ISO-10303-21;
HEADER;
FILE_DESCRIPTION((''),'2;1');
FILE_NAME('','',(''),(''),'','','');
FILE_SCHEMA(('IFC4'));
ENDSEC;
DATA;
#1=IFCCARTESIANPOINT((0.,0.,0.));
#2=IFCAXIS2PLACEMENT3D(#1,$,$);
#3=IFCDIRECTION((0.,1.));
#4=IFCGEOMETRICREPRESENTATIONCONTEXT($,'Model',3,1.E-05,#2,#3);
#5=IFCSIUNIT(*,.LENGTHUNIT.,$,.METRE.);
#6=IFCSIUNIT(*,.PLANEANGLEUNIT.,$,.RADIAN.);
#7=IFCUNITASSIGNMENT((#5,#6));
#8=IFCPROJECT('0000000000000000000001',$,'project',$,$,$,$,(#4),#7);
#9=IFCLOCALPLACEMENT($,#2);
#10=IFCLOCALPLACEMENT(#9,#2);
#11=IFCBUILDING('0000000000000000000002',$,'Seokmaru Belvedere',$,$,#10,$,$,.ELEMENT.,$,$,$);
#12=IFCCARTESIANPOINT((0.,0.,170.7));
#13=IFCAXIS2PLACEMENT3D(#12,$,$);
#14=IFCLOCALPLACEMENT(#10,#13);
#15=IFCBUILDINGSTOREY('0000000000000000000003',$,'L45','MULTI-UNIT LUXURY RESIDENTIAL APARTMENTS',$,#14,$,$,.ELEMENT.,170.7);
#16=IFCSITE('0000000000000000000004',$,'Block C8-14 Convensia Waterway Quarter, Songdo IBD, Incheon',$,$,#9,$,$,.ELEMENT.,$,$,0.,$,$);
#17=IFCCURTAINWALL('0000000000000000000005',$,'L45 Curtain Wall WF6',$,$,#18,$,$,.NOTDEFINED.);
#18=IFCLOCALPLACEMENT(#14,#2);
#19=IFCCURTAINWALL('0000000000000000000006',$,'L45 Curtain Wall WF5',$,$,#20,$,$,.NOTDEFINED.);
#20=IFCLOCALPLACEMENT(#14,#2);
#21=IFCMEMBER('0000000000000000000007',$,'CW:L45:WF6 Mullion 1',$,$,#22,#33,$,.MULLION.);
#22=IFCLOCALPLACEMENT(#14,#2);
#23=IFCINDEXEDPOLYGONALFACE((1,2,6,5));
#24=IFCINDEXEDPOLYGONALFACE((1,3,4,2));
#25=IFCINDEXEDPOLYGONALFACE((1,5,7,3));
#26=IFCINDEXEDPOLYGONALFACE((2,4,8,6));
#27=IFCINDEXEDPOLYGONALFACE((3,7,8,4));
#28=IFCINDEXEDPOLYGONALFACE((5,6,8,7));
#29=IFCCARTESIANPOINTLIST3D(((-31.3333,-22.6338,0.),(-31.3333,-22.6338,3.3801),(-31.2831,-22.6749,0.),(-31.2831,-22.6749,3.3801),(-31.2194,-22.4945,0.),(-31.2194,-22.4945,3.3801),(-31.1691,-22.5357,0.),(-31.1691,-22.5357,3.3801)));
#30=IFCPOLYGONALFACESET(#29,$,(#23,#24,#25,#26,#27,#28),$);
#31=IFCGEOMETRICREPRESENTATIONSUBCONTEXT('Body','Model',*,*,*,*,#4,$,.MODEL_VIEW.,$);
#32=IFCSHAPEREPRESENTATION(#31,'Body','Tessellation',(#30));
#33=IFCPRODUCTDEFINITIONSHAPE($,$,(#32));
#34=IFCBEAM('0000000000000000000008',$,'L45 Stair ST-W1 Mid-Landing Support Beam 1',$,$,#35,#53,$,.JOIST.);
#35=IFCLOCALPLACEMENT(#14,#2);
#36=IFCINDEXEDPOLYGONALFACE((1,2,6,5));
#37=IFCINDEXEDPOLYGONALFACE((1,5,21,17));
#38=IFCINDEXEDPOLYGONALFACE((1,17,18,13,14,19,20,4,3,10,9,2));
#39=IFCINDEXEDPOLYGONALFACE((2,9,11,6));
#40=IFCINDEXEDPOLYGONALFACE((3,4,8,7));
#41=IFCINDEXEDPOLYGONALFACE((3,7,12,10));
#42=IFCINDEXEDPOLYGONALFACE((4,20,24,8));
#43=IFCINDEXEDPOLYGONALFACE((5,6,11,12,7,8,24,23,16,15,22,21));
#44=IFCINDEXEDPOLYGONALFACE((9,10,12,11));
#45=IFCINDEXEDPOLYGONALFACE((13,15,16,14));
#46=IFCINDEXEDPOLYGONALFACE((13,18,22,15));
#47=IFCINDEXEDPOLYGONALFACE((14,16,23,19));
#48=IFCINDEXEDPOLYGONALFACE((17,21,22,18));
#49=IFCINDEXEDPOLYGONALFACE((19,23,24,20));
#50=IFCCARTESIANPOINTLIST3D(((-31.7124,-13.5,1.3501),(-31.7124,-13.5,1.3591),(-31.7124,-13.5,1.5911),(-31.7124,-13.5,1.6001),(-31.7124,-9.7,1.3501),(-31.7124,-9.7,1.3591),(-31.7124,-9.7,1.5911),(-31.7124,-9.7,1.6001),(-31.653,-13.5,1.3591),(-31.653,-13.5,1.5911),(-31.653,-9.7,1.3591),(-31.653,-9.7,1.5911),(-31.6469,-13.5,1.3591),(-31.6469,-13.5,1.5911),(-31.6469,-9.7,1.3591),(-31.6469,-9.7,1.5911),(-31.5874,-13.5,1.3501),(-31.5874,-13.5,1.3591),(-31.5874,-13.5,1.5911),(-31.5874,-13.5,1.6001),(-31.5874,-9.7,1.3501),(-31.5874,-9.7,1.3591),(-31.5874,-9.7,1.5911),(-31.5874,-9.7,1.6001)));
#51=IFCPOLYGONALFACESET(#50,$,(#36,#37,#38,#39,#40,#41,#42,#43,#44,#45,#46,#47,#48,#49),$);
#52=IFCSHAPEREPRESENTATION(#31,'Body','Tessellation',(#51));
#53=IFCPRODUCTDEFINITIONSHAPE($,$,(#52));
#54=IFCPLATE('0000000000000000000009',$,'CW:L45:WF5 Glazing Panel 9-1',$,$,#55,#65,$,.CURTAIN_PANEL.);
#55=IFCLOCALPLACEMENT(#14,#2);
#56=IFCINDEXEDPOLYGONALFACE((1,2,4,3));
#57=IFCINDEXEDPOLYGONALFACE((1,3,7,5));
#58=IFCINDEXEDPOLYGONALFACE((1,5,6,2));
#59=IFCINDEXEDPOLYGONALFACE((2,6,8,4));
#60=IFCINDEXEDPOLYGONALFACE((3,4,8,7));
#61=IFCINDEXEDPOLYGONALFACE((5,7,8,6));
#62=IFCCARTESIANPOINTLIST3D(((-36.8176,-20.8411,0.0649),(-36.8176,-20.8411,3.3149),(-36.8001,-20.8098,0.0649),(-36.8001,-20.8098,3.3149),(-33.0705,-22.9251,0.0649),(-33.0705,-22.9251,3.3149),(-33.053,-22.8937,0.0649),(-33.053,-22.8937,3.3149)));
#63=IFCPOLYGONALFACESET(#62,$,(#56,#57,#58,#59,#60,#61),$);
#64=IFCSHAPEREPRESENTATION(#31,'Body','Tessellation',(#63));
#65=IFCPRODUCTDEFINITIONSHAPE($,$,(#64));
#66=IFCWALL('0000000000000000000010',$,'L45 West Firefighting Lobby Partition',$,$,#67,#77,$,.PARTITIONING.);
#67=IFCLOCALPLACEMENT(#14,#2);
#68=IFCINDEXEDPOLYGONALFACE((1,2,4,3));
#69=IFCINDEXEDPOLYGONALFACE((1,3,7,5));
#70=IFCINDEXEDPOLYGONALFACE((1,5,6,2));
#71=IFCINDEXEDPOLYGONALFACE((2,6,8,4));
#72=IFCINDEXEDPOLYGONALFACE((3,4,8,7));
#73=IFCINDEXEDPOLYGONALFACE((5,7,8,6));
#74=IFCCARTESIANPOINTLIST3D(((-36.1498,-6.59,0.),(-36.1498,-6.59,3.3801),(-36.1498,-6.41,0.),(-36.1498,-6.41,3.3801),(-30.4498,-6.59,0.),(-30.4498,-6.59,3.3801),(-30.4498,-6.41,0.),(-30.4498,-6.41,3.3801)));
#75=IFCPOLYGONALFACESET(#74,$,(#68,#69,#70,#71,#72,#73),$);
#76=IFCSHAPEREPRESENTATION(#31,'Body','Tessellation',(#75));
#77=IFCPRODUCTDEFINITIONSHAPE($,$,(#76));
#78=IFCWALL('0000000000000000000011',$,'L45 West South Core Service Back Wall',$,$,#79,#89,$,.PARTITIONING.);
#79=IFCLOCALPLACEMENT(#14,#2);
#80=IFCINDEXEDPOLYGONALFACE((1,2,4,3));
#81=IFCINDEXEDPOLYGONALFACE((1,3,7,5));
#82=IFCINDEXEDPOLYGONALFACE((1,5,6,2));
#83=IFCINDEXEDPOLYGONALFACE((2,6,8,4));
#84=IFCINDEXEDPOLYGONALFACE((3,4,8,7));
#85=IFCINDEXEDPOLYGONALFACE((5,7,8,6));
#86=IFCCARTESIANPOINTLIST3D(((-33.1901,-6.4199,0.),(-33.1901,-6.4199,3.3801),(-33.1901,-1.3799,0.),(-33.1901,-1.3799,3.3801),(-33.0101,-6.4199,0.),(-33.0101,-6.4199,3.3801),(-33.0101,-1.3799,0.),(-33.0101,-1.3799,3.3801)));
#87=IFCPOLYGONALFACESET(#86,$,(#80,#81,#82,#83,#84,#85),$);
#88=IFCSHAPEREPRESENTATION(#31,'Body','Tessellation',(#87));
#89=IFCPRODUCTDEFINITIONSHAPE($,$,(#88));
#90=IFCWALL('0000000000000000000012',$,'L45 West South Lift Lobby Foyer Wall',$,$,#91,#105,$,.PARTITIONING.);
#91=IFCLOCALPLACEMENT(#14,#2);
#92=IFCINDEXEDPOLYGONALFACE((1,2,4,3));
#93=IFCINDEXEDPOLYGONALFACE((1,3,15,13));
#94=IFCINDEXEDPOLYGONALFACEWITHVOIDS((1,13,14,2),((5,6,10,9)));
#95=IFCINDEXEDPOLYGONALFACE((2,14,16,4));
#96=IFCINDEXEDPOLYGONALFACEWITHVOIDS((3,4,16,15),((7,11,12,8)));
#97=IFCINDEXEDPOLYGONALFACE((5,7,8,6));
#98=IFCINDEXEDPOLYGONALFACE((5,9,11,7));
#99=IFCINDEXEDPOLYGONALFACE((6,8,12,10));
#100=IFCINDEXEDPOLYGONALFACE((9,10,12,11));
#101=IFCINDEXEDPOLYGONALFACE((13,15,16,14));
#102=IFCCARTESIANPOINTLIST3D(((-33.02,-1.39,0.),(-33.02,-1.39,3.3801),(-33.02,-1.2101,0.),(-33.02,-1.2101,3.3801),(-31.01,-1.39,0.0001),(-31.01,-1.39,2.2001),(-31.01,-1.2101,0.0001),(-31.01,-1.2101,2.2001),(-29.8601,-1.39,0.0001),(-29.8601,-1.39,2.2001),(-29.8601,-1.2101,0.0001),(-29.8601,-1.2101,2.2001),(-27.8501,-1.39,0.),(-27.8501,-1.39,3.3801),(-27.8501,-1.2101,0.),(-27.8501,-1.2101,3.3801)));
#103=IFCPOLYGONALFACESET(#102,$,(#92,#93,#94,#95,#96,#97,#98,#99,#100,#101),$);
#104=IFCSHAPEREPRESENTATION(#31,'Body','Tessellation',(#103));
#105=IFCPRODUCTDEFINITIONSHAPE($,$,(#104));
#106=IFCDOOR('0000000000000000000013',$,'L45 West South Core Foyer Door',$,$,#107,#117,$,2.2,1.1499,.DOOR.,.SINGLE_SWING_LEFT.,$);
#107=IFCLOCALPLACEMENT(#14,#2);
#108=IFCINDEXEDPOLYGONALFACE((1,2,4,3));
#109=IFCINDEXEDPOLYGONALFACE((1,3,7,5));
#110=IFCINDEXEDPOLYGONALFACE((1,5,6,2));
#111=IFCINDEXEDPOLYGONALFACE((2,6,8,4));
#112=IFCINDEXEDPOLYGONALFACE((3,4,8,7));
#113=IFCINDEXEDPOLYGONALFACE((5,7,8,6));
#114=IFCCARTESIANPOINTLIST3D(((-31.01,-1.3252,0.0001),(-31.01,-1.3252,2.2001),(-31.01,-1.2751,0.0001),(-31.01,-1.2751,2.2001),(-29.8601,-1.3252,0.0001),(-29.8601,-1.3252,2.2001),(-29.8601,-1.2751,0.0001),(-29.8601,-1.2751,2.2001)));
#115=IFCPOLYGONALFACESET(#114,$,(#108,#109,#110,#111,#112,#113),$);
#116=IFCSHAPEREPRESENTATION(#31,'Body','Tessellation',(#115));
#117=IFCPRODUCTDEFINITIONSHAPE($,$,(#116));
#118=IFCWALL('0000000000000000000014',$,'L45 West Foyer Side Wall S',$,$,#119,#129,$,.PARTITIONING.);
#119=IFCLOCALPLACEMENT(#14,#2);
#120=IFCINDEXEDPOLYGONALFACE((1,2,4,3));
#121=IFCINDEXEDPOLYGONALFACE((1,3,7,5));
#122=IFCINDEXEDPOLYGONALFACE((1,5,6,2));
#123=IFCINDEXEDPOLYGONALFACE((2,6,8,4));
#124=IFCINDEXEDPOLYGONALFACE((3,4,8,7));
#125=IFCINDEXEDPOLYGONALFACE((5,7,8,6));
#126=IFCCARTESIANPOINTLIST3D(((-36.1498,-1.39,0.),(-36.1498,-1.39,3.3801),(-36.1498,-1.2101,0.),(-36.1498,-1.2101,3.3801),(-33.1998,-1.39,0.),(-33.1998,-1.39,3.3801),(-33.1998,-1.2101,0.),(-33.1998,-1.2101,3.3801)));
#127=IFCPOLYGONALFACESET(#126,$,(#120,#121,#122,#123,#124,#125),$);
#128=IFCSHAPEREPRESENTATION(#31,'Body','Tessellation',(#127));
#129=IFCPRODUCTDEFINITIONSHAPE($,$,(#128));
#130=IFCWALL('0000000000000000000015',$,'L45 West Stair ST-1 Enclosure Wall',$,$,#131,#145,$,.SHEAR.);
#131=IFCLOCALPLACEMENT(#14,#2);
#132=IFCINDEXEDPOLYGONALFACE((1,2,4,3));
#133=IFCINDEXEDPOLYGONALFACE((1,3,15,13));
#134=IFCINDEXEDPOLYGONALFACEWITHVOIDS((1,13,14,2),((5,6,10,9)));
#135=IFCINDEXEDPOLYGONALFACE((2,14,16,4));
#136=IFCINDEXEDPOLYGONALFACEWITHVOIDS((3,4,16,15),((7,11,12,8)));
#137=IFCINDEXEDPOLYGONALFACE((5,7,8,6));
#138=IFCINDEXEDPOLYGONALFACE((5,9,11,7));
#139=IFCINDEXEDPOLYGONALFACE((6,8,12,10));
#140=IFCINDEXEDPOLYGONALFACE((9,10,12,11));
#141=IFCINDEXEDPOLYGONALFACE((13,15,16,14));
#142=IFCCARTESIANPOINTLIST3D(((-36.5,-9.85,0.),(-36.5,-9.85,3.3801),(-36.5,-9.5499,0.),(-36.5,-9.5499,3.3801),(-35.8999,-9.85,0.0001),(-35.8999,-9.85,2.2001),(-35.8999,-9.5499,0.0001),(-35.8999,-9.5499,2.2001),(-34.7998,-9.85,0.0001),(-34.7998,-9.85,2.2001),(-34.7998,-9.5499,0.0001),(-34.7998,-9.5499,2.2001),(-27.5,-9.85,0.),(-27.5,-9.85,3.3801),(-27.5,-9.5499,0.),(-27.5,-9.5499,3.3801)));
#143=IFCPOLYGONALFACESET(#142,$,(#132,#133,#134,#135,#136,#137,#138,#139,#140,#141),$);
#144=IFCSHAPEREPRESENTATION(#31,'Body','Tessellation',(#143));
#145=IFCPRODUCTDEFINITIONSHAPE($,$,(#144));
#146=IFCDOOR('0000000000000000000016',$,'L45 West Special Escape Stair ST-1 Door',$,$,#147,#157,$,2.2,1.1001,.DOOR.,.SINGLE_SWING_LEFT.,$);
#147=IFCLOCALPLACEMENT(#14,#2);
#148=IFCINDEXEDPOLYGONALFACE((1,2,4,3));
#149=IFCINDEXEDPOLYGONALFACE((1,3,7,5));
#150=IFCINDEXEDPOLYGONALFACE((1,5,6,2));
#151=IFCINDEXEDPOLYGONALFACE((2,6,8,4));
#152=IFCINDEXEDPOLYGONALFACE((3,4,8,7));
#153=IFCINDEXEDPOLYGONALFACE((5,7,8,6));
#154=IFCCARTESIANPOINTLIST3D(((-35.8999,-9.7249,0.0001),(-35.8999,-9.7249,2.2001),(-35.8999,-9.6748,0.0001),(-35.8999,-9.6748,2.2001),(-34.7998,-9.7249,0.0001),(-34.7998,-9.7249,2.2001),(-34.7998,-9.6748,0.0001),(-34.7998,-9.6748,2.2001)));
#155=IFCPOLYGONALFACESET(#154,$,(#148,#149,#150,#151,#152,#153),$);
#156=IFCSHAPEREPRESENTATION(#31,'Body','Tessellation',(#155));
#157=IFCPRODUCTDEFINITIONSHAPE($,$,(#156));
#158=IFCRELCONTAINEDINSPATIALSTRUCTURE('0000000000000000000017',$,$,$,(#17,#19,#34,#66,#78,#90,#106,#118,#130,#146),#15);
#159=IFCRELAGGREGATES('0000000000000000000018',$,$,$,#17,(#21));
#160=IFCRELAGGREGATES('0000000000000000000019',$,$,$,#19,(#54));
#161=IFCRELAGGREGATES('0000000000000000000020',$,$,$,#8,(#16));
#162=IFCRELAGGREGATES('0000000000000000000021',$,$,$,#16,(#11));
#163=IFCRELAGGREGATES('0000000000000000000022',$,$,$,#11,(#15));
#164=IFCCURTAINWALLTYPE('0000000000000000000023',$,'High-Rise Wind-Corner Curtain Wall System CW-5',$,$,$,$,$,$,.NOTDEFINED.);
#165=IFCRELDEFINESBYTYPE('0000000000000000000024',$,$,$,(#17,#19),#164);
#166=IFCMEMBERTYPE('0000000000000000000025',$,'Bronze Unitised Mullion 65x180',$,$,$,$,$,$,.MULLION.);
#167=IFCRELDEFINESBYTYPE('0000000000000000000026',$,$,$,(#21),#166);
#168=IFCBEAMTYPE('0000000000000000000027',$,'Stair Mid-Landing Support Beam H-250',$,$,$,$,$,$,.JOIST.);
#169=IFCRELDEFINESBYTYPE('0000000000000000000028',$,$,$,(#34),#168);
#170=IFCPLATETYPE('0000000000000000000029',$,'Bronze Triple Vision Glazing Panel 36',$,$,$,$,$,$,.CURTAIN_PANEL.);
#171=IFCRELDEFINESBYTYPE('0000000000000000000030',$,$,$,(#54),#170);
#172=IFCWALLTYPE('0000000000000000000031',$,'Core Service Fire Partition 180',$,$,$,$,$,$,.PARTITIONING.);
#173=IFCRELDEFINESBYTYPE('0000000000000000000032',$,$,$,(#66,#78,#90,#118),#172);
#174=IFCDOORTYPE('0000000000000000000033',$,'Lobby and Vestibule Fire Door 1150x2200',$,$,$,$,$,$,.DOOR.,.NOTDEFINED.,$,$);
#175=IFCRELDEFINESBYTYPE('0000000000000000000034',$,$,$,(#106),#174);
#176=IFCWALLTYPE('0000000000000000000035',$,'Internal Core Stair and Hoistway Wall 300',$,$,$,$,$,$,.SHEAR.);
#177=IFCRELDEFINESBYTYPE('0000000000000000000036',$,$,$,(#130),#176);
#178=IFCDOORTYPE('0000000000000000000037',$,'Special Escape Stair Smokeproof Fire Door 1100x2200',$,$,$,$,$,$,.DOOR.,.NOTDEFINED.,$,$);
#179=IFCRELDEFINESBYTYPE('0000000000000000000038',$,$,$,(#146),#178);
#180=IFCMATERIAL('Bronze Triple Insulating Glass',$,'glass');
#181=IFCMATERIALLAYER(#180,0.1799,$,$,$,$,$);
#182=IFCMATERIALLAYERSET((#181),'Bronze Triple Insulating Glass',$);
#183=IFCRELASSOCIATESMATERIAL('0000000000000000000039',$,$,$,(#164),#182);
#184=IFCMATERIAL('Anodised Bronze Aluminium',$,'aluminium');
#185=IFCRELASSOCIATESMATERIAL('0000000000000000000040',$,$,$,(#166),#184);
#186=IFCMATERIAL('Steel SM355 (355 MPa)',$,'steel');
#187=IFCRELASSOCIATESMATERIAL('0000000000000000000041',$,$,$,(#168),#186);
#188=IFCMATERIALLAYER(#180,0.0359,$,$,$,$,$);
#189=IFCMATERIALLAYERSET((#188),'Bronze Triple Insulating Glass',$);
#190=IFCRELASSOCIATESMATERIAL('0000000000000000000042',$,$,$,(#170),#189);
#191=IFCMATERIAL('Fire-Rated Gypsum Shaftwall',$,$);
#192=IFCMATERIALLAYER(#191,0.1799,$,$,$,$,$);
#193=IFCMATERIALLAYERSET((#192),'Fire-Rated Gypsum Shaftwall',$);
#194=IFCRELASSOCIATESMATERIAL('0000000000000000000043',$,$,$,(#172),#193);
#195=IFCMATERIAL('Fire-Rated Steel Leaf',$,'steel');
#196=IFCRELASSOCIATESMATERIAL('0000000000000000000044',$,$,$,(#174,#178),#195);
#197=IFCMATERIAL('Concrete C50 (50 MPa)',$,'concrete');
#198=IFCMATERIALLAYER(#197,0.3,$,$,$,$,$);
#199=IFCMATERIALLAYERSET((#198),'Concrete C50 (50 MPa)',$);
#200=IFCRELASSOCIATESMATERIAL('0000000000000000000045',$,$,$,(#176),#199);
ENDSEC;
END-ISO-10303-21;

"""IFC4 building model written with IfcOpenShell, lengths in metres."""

from ifc_helpers import new_model, si_unit, direction, frame, frame_2d, origin, origin_2d, place, context, subcontext, project, spatial, rectangle, i_section, extrude, source, transform, mapped, material, layer, layer_set, material_profile, profile_set, type_object, type_shapes, element, fill, aggregate, save


model = new_model("IFC4")

# Units and contexts
model_context = context("Model", 3, precision=1e-05, world=origin(), true_north=direction((0.0, 1.0)))
body_context = subcontext(model_context, "Body", "Model", "MODEL_VIEW")
ifc_project = project(units=[si_unit("LENGTHUNIT", "METRE"), si_unit("PLANEANGLEUNIT", "RADIAN")], contexts=[model_context])

# Site, building, storey
site_placement = place(None, origin())
site = spatial("IfcSite", under=ifc_project, at=site_placement, Name="Block C8-14 Convensia Waterway Quarter, Songdo IBD, Incheon", CompositionType="ELEMENT", RefElevation=0.0)
building_placement = place(site_placement, origin())
building = spatial("IfcBuilding", under=site, at=building_placement, Name="Seokmaru Belvedere", CompositionType="ELEMENT")
storey_placement = place(building_placement, frame((0.0, 0.0, 170.7)))
storey = spatial("IfcBuildingStorey", under=building, at=storey_placement, Name="L45", Description="MULTI-UNIT LUXURY RESIDENTIAL APARTMENTS", CompositionType="ELEMENT", Elevation=170.7)

# Shared definitions
ifc_material_1 = material(Name="Steel SM355 (355 MPa)", Category="steel")

# Curtain wall
ifc_material_2 = material(Name="Bronze Triple Insulating Glass", Category="glass")
ifc_layer_1 = layer(ifc_material_2, 0.1799)
ifc_layer_set_1 = layer_set([ifc_layer_1], Name="Bronze Triple Insulating Glass")
curtain_wall_type = type_object("IfcCurtainWallType", Name="High-Rise Wind-Corner Curtain Wall System CW-5", PredefinedType="NOTDEFINED", material=ifc_layer_set_1)
curtain_wall_1_placement = place(storey_placement, origin())
curtain_wall_1 = element("IfcCurtainWall", 1, at=curtain_wall_1_placement, inside=storey, type_object=curtain_wall_type, Name="L45 Curtain Wall WF6", PredefinedType="NOTDEFINED")
ifc_material_3 = material(Name="Anodised Bronze Aluminium", Category="aluminium")

# Curtain wall
curtain_wall_2_placement = place(storey_placement, origin())
curtain_wall_2 = element("IfcCurtainWall", 2, at=curtain_wall_2_placement, inside=storey, type_object=curtain_wall_type, Name="L45 Curtain Wall WF5", PredefinedType="NOTDEFINED")
ifc_material_profile_1 = material_profile(ifc_material_3, rectangle(XDim=0.0649, YDim=0.1799, at=origin_2d()), Name="CW-M-65x180")
ifc_profile_set_1 = profile_set([ifc_material_profile_1], Name="Anodised Bronze Aluminium")
member_type_1 = type_object("IfcMemberType", Name="Bronze Unitised Mullion 65x180", PredefinedType="MULLION", material=ifc_profile_set_1)
shared_shape_1 = source(origin(), body_context, "Body", "SweptSolid", [
    extrude(rectangle(XDim=0.0649, YDim=0.1799, at=origin_2d()), origin(), (0.0, 0.0, 1.0), 3.3801),
])
type_shapes(member_type_1, [shared_shape_1])

# Member
member_1_placement = place(storey_placement, frame((-31.2512, -22.5847, 0.0), z_axis=(0.0, 0.0, 1.0), x_axis=(-0.773944, 0.633254, 0.0)))
member_1 = element("IfcMember", 3, at=member_1_placement, type_object=member_type_1, Name="CW:L45:WF6 Mullion 1", PredefinedType="MULLION", context=body_context, shape_type="MappedRepresentation", body=[
    mapped(shared_shape_1, transform((0.0, 0.0, 0.0), scale=1.0)),
])
aggregate(curtain_wall_1, [member_1])

# Beam
ifc_material_profile_2 = material_profile(ifc_material_1, i_section(OverallWidth=0.125, OverallDepth=0.25, WebThickness=0.0061, FlangeThickness=0.009, at=origin_2d()), Name="H-250x125x6x9")
ifc_profile_set_2 = profile_set([ifc_material_profile_2], Name="Steel SM355 (355 MPa)")
beam_type_1 = type_object("IfcBeamType", Name="Stair Mid-Landing Support Beam H-250", PredefinedType="JOIST", material=ifc_profile_set_2)
shared_shape_2 = source(origin(), body_context, "Body", "SweptSolid", [
    extrude(i_section(OverallWidth=0.125, OverallDepth=0.25, WebThickness=0.0061, FlangeThickness=0.009, at=origin_2d()), origin(), (0.0, 0.0, 1.0), 3.8),
])
type_shapes(beam_type_1, [shared_shape_2])
beam_1_placement = place(storey_placement, frame((-31.6499, -13.5, 1.4751), z_axis=(0.0, 1.0, 0.0), x_axis=(-1.0, 0.0, 0.0)))
element("IfcBeam", 4, at=beam_1_placement, inside=storey, type_object=beam_type_1, Name="L45 Stair ST-W1 Mid-Landing Support Beam 1", PredefinedType="JOIST", context=body_context, shape_type="MappedRepresentation", body=[
    mapped(shared_shape_2, transform((0.0, 0.0, 0.0), scale=1.0)),
])

# Plate
ifc_layer_2 = layer(ifc_material_2, 0.0359)
ifc_layer_set_2 = layer_set([ifc_layer_2], Name="Bronze Triple Insulating Glass")
plate_type = type_object("IfcPlateType", Name="Bronze Triple Vision Glazing Panel 36", PredefinedType="CURTAIN_PANEL", material=ifc_layer_set_2)
shared_shape_3 = source(origin(), body_context, "Body", "SweptSolid", [
    extrude(rectangle(XDim=4.2876, YDim=0.0359, at=origin_2d()), origin(), (0.0, 0.0, 1.0), 3.25),
])
type_shapes(plate_type, [shared_shape_3])
plate_placement = place(storey_placement, frame((-34.9353, -21.8674, 0.0649), z_axis=(0.0, 0.0, 1.0), x_axis=(0.873933, -0.486047, 0.0)))
plate = element("IfcPlate", 5, at=plate_placement, type_object=plate_type, Name="CW:L45:WF5 Glazing Panel 9-1", PredefinedType="CURTAIN_PANEL", context=body_context, shape_type="MappedRepresentation", body=[
    mapped(shared_shape_3, transform((0.0, 0.0, 0.0), scale=1.0)),
])
aggregate(curtain_wall_2, [plate])

# Walls
ifc_material_4 = material(Name="Fire-Rated Gypsum Shaftwall")
ifc_layer_3 = layer(ifc_material_4, 0.1799)
ifc_layer_set_3 = layer_set([ifc_layer_3], Name="Fire-Rated Gypsum Shaftwall")
wall_type_1 = type_object("IfcWallType", Name="Core Service Fire Partition 180", PredefinedType="PARTITIONING", material=ifc_layer_set_3)
wall_1_placement = place(storey_placement, frame((-36.1499, -6.5, 0.0), z_axis=(0.0, 0.0, 1.0), x_axis=(1.0, 0.0, 0.0)))
element("IfcWall", 6, at=wall_1_placement, inside=storey, type_object=wall_type_1, Name="L45 West Firefighting Lobby Partition", PredefinedType="PARTITIONING", context=body_context, shape_type="SweptSolid", body=[
    extrude(rectangle(XDim=5.7, YDim=0.1799, at=frame_2d((2.8501, 0.0))), origin(), (0.0, 0.0, 1.0), 3.3801),
])
wall_2_placement = place(storey_placement, frame((-33.1001, -6.4199, 0.0), z_axis=(0.0, 0.0, 1.0), x_axis=(0.0, 1.0, 0.0)))
element("IfcWall", 7, at=wall_2_placement, inside=storey, type_object=wall_type_1, Name="L45 West South Core Service Back Wall", PredefinedType="PARTITIONING", context=body_context, shape_type="SweptSolid", body=[
    extrude(rectangle(XDim=5.04, YDim=0.1799, at=frame_2d((2.52, 0.0))), origin(), (0.0, 0.0, 1.0), 3.3801),
])

# Wall, opening, door
wall_3_placement = place(storey_placement, frame((-33.02, -1.3, 0.0), z_axis=(0.0, 0.0, 1.0), x_axis=(1.0, 0.0, 0.0)))
wall_3 = element("IfcWall", 8, at=wall_3_placement, inside=storey, type_object=wall_type_1, Name="L45 West South Lift Lobby Foyer Wall", PredefinedType="PARTITIONING", context=body_context, shape_type="SweptSolid", body=[
    extrude(rectangle(XDim=5.1699, YDim=0.1799, at=frame_2d((2.585, 0.0))), origin(), (0.0, 0.0, 1.0), 3.3801),
])
opening_1_placement = place(wall_3_placement, frame((2.01, 0.0, 0.0)))
opening_1 = element("IfcOpeningElement", 9, at=opening_1_placement, cuts=wall_3, PredefinedType="OPENING", context=body_context, shape_type="SweptSolid", body=[
    extrude(rectangle(XDim=1.1499, YDim=2.2, at=frame_2d((0.575, 1.1001))), frame((0.0, 0.1001, 0.0), z_axis=(0.0, -1.0, 0.0), x_axis=(1.0, 0.0, 0.0)), (0.0, 0.0, 1.0), 0.2),
])
ifc_material_5 = material(Name="Fire-Rated Steel Leaf", Category="steel")
door_type_1 = type_object("IfcDoorType", Name="Lobby and Vestibule Fire Door 1150x2200", OperationType="NOTDEFINED", PredefinedType="DOOR", material=ifc_material_5)
shared_shape_4 = source(origin(), body_context, "Body", "SweptSolid", [
    extrude(rectangle(XDim=1.1499, YDim=2.2, at=frame_2d((0.575, 1.1001))), frame((0.0, 0.0249, 0.0), z_axis=(0.0, -1.0, 0.0), x_axis=(1.0, 0.0, 0.0)), (0.0, 0.0, 1.0), 0.05),
])
type_shapes(door_type_1, [shared_shape_4])
door_1_placement = place(opening_1_placement, origin())
door_1 = element("IfcDoor", 10, at=door_1_placement, inside=storey, type_object=door_type_1, Name="L45 West South Core Foyer Door", OperationType="SINGLE_SWING_LEFT", OverallHeight=2.2, OverallWidth=1.1499, PredefinedType="DOOR", context=body_context, shape_type="MappedRepresentation", body=[
    mapped(shared_shape_4, transform((0.0, 0.0, 0.0), scale=1.0)),
])
fill(opening_1, door_1)

# Wall
wall_4_placement = place(storey_placement, frame((-36.1499, -1.3, 0.0), z_axis=(0.0, 0.0, 1.0), x_axis=(1.0, 0.0, 0.0)))
element("IfcWall", 11, at=wall_4_placement, inside=storey, type_object=wall_type_1, Name="L45 West Foyer Side Wall S", PredefinedType="PARTITIONING", context=body_context, shape_type="SweptSolid", body=[
    extrude(rectangle(XDim=2.95, YDim=0.1799, at=frame_2d((1.4751, 0.0))), origin(), (0.0, 0.0, 1.0), 3.3801),
])

# Wall, opening, door
ifc_material_6 = material(Name="Concrete C50 (50 MPa)", Category="concrete")
ifc_layer_4 = layer(ifc_material_6, 0.3)
ifc_layer_set_4 = layer_set([ifc_layer_4], Name="Concrete C50 (50 MPa)")
wall_type_2 = type_object("IfcWallType", Name="Internal Core Stair and Hoistway Wall 300", PredefinedType="SHEAR", material=ifc_layer_set_4)
wall_5_placement = place(storey_placement, frame((-36.5, -9.7, 0.0), z_axis=(0.0, 0.0, 1.0), x_axis=(1.0, 0.0, 0.0)))
wall_5 = element("IfcWall", 12, at=wall_5_placement, inside=storey, type_object=wall_type_2, Name="L45 West Stair ST-1 Enclosure Wall", PredefinedType="SHEAR", context=body_context, shape_type="SweptSolid", body=[
    extrude(rectangle(XDim=9.0, YDim=0.3, at=frame_2d((4.5, 0.0))), origin(), (0.0, 0.0, 1.0), 3.3801),
])
opening_2_placement = place(wall_5_placement, frame((0.6001, 0.0, 0.0)))
opening_2 = element("IfcOpeningElement", 13, at=opening_2_placement, cuts=wall_5, PredefinedType="OPENING", context=body_context, shape_type="SweptSolid", body=[
    extrude(rectangle(XDim=1.1001, YDim=2.2, at=frame_2d((0.55, 1.1001))), frame((0.0, 0.1602, 0.0), z_axis=(0.0, -1.0, 0.0), x_axis=(1.0, 0.0, 0.0)), (0.0, 0.0, 1.0), 0.3201),
])
door_type_2 = type_object("IfcDoorType", Name="Special Escape Stair Smokeproof Fire Door 1100x2200", OperationType="NOTDEFINED", PredefinedType="DOOR", material=ifc_material_5)
shared_shape_5 = source(origin(), body_context, "Body", "SweptSolid", [
    extrude(rectangle(XDim=1.1001, YDim=2.2, at=frame_2d((0.55, 1.1001))), frame((0.0, 0.0249, 0.0), z_axis=(0.0, -1.0, 0.0), x_axis=(1.0, 0.0, 0.0)), (0.0, 0.0, 1.0), 0.05),
])
type_shapes(door_type_2, [shared_shape_5])
door_2_placement = place(opening_2_placement, frame((1.1001, 0.0, 0.0), z_axis=(0.0, 0.0, 1.0), x_axis=(-1.0, 0.0, 0.0)))
door_2 = element("IfcDoor", 14, at=door_2_placement, inside=storey, type_object=door_type_2, Name="L45 West Special Escape Stair ST-1 Door", OperationType="SINGLE_SWING_LEFT", OverallHeight=2.2, OverallWidth=1.1001, PredefinedType="DOOR", context=body_context, shape_type="MappedRepresentation", body=[
    mapped(shared_shape_5, transform((0.0, 0.0, 0.0), scale=1.0)),
])
fill(opening_2, door_2)

save(model, "model.ifc")
